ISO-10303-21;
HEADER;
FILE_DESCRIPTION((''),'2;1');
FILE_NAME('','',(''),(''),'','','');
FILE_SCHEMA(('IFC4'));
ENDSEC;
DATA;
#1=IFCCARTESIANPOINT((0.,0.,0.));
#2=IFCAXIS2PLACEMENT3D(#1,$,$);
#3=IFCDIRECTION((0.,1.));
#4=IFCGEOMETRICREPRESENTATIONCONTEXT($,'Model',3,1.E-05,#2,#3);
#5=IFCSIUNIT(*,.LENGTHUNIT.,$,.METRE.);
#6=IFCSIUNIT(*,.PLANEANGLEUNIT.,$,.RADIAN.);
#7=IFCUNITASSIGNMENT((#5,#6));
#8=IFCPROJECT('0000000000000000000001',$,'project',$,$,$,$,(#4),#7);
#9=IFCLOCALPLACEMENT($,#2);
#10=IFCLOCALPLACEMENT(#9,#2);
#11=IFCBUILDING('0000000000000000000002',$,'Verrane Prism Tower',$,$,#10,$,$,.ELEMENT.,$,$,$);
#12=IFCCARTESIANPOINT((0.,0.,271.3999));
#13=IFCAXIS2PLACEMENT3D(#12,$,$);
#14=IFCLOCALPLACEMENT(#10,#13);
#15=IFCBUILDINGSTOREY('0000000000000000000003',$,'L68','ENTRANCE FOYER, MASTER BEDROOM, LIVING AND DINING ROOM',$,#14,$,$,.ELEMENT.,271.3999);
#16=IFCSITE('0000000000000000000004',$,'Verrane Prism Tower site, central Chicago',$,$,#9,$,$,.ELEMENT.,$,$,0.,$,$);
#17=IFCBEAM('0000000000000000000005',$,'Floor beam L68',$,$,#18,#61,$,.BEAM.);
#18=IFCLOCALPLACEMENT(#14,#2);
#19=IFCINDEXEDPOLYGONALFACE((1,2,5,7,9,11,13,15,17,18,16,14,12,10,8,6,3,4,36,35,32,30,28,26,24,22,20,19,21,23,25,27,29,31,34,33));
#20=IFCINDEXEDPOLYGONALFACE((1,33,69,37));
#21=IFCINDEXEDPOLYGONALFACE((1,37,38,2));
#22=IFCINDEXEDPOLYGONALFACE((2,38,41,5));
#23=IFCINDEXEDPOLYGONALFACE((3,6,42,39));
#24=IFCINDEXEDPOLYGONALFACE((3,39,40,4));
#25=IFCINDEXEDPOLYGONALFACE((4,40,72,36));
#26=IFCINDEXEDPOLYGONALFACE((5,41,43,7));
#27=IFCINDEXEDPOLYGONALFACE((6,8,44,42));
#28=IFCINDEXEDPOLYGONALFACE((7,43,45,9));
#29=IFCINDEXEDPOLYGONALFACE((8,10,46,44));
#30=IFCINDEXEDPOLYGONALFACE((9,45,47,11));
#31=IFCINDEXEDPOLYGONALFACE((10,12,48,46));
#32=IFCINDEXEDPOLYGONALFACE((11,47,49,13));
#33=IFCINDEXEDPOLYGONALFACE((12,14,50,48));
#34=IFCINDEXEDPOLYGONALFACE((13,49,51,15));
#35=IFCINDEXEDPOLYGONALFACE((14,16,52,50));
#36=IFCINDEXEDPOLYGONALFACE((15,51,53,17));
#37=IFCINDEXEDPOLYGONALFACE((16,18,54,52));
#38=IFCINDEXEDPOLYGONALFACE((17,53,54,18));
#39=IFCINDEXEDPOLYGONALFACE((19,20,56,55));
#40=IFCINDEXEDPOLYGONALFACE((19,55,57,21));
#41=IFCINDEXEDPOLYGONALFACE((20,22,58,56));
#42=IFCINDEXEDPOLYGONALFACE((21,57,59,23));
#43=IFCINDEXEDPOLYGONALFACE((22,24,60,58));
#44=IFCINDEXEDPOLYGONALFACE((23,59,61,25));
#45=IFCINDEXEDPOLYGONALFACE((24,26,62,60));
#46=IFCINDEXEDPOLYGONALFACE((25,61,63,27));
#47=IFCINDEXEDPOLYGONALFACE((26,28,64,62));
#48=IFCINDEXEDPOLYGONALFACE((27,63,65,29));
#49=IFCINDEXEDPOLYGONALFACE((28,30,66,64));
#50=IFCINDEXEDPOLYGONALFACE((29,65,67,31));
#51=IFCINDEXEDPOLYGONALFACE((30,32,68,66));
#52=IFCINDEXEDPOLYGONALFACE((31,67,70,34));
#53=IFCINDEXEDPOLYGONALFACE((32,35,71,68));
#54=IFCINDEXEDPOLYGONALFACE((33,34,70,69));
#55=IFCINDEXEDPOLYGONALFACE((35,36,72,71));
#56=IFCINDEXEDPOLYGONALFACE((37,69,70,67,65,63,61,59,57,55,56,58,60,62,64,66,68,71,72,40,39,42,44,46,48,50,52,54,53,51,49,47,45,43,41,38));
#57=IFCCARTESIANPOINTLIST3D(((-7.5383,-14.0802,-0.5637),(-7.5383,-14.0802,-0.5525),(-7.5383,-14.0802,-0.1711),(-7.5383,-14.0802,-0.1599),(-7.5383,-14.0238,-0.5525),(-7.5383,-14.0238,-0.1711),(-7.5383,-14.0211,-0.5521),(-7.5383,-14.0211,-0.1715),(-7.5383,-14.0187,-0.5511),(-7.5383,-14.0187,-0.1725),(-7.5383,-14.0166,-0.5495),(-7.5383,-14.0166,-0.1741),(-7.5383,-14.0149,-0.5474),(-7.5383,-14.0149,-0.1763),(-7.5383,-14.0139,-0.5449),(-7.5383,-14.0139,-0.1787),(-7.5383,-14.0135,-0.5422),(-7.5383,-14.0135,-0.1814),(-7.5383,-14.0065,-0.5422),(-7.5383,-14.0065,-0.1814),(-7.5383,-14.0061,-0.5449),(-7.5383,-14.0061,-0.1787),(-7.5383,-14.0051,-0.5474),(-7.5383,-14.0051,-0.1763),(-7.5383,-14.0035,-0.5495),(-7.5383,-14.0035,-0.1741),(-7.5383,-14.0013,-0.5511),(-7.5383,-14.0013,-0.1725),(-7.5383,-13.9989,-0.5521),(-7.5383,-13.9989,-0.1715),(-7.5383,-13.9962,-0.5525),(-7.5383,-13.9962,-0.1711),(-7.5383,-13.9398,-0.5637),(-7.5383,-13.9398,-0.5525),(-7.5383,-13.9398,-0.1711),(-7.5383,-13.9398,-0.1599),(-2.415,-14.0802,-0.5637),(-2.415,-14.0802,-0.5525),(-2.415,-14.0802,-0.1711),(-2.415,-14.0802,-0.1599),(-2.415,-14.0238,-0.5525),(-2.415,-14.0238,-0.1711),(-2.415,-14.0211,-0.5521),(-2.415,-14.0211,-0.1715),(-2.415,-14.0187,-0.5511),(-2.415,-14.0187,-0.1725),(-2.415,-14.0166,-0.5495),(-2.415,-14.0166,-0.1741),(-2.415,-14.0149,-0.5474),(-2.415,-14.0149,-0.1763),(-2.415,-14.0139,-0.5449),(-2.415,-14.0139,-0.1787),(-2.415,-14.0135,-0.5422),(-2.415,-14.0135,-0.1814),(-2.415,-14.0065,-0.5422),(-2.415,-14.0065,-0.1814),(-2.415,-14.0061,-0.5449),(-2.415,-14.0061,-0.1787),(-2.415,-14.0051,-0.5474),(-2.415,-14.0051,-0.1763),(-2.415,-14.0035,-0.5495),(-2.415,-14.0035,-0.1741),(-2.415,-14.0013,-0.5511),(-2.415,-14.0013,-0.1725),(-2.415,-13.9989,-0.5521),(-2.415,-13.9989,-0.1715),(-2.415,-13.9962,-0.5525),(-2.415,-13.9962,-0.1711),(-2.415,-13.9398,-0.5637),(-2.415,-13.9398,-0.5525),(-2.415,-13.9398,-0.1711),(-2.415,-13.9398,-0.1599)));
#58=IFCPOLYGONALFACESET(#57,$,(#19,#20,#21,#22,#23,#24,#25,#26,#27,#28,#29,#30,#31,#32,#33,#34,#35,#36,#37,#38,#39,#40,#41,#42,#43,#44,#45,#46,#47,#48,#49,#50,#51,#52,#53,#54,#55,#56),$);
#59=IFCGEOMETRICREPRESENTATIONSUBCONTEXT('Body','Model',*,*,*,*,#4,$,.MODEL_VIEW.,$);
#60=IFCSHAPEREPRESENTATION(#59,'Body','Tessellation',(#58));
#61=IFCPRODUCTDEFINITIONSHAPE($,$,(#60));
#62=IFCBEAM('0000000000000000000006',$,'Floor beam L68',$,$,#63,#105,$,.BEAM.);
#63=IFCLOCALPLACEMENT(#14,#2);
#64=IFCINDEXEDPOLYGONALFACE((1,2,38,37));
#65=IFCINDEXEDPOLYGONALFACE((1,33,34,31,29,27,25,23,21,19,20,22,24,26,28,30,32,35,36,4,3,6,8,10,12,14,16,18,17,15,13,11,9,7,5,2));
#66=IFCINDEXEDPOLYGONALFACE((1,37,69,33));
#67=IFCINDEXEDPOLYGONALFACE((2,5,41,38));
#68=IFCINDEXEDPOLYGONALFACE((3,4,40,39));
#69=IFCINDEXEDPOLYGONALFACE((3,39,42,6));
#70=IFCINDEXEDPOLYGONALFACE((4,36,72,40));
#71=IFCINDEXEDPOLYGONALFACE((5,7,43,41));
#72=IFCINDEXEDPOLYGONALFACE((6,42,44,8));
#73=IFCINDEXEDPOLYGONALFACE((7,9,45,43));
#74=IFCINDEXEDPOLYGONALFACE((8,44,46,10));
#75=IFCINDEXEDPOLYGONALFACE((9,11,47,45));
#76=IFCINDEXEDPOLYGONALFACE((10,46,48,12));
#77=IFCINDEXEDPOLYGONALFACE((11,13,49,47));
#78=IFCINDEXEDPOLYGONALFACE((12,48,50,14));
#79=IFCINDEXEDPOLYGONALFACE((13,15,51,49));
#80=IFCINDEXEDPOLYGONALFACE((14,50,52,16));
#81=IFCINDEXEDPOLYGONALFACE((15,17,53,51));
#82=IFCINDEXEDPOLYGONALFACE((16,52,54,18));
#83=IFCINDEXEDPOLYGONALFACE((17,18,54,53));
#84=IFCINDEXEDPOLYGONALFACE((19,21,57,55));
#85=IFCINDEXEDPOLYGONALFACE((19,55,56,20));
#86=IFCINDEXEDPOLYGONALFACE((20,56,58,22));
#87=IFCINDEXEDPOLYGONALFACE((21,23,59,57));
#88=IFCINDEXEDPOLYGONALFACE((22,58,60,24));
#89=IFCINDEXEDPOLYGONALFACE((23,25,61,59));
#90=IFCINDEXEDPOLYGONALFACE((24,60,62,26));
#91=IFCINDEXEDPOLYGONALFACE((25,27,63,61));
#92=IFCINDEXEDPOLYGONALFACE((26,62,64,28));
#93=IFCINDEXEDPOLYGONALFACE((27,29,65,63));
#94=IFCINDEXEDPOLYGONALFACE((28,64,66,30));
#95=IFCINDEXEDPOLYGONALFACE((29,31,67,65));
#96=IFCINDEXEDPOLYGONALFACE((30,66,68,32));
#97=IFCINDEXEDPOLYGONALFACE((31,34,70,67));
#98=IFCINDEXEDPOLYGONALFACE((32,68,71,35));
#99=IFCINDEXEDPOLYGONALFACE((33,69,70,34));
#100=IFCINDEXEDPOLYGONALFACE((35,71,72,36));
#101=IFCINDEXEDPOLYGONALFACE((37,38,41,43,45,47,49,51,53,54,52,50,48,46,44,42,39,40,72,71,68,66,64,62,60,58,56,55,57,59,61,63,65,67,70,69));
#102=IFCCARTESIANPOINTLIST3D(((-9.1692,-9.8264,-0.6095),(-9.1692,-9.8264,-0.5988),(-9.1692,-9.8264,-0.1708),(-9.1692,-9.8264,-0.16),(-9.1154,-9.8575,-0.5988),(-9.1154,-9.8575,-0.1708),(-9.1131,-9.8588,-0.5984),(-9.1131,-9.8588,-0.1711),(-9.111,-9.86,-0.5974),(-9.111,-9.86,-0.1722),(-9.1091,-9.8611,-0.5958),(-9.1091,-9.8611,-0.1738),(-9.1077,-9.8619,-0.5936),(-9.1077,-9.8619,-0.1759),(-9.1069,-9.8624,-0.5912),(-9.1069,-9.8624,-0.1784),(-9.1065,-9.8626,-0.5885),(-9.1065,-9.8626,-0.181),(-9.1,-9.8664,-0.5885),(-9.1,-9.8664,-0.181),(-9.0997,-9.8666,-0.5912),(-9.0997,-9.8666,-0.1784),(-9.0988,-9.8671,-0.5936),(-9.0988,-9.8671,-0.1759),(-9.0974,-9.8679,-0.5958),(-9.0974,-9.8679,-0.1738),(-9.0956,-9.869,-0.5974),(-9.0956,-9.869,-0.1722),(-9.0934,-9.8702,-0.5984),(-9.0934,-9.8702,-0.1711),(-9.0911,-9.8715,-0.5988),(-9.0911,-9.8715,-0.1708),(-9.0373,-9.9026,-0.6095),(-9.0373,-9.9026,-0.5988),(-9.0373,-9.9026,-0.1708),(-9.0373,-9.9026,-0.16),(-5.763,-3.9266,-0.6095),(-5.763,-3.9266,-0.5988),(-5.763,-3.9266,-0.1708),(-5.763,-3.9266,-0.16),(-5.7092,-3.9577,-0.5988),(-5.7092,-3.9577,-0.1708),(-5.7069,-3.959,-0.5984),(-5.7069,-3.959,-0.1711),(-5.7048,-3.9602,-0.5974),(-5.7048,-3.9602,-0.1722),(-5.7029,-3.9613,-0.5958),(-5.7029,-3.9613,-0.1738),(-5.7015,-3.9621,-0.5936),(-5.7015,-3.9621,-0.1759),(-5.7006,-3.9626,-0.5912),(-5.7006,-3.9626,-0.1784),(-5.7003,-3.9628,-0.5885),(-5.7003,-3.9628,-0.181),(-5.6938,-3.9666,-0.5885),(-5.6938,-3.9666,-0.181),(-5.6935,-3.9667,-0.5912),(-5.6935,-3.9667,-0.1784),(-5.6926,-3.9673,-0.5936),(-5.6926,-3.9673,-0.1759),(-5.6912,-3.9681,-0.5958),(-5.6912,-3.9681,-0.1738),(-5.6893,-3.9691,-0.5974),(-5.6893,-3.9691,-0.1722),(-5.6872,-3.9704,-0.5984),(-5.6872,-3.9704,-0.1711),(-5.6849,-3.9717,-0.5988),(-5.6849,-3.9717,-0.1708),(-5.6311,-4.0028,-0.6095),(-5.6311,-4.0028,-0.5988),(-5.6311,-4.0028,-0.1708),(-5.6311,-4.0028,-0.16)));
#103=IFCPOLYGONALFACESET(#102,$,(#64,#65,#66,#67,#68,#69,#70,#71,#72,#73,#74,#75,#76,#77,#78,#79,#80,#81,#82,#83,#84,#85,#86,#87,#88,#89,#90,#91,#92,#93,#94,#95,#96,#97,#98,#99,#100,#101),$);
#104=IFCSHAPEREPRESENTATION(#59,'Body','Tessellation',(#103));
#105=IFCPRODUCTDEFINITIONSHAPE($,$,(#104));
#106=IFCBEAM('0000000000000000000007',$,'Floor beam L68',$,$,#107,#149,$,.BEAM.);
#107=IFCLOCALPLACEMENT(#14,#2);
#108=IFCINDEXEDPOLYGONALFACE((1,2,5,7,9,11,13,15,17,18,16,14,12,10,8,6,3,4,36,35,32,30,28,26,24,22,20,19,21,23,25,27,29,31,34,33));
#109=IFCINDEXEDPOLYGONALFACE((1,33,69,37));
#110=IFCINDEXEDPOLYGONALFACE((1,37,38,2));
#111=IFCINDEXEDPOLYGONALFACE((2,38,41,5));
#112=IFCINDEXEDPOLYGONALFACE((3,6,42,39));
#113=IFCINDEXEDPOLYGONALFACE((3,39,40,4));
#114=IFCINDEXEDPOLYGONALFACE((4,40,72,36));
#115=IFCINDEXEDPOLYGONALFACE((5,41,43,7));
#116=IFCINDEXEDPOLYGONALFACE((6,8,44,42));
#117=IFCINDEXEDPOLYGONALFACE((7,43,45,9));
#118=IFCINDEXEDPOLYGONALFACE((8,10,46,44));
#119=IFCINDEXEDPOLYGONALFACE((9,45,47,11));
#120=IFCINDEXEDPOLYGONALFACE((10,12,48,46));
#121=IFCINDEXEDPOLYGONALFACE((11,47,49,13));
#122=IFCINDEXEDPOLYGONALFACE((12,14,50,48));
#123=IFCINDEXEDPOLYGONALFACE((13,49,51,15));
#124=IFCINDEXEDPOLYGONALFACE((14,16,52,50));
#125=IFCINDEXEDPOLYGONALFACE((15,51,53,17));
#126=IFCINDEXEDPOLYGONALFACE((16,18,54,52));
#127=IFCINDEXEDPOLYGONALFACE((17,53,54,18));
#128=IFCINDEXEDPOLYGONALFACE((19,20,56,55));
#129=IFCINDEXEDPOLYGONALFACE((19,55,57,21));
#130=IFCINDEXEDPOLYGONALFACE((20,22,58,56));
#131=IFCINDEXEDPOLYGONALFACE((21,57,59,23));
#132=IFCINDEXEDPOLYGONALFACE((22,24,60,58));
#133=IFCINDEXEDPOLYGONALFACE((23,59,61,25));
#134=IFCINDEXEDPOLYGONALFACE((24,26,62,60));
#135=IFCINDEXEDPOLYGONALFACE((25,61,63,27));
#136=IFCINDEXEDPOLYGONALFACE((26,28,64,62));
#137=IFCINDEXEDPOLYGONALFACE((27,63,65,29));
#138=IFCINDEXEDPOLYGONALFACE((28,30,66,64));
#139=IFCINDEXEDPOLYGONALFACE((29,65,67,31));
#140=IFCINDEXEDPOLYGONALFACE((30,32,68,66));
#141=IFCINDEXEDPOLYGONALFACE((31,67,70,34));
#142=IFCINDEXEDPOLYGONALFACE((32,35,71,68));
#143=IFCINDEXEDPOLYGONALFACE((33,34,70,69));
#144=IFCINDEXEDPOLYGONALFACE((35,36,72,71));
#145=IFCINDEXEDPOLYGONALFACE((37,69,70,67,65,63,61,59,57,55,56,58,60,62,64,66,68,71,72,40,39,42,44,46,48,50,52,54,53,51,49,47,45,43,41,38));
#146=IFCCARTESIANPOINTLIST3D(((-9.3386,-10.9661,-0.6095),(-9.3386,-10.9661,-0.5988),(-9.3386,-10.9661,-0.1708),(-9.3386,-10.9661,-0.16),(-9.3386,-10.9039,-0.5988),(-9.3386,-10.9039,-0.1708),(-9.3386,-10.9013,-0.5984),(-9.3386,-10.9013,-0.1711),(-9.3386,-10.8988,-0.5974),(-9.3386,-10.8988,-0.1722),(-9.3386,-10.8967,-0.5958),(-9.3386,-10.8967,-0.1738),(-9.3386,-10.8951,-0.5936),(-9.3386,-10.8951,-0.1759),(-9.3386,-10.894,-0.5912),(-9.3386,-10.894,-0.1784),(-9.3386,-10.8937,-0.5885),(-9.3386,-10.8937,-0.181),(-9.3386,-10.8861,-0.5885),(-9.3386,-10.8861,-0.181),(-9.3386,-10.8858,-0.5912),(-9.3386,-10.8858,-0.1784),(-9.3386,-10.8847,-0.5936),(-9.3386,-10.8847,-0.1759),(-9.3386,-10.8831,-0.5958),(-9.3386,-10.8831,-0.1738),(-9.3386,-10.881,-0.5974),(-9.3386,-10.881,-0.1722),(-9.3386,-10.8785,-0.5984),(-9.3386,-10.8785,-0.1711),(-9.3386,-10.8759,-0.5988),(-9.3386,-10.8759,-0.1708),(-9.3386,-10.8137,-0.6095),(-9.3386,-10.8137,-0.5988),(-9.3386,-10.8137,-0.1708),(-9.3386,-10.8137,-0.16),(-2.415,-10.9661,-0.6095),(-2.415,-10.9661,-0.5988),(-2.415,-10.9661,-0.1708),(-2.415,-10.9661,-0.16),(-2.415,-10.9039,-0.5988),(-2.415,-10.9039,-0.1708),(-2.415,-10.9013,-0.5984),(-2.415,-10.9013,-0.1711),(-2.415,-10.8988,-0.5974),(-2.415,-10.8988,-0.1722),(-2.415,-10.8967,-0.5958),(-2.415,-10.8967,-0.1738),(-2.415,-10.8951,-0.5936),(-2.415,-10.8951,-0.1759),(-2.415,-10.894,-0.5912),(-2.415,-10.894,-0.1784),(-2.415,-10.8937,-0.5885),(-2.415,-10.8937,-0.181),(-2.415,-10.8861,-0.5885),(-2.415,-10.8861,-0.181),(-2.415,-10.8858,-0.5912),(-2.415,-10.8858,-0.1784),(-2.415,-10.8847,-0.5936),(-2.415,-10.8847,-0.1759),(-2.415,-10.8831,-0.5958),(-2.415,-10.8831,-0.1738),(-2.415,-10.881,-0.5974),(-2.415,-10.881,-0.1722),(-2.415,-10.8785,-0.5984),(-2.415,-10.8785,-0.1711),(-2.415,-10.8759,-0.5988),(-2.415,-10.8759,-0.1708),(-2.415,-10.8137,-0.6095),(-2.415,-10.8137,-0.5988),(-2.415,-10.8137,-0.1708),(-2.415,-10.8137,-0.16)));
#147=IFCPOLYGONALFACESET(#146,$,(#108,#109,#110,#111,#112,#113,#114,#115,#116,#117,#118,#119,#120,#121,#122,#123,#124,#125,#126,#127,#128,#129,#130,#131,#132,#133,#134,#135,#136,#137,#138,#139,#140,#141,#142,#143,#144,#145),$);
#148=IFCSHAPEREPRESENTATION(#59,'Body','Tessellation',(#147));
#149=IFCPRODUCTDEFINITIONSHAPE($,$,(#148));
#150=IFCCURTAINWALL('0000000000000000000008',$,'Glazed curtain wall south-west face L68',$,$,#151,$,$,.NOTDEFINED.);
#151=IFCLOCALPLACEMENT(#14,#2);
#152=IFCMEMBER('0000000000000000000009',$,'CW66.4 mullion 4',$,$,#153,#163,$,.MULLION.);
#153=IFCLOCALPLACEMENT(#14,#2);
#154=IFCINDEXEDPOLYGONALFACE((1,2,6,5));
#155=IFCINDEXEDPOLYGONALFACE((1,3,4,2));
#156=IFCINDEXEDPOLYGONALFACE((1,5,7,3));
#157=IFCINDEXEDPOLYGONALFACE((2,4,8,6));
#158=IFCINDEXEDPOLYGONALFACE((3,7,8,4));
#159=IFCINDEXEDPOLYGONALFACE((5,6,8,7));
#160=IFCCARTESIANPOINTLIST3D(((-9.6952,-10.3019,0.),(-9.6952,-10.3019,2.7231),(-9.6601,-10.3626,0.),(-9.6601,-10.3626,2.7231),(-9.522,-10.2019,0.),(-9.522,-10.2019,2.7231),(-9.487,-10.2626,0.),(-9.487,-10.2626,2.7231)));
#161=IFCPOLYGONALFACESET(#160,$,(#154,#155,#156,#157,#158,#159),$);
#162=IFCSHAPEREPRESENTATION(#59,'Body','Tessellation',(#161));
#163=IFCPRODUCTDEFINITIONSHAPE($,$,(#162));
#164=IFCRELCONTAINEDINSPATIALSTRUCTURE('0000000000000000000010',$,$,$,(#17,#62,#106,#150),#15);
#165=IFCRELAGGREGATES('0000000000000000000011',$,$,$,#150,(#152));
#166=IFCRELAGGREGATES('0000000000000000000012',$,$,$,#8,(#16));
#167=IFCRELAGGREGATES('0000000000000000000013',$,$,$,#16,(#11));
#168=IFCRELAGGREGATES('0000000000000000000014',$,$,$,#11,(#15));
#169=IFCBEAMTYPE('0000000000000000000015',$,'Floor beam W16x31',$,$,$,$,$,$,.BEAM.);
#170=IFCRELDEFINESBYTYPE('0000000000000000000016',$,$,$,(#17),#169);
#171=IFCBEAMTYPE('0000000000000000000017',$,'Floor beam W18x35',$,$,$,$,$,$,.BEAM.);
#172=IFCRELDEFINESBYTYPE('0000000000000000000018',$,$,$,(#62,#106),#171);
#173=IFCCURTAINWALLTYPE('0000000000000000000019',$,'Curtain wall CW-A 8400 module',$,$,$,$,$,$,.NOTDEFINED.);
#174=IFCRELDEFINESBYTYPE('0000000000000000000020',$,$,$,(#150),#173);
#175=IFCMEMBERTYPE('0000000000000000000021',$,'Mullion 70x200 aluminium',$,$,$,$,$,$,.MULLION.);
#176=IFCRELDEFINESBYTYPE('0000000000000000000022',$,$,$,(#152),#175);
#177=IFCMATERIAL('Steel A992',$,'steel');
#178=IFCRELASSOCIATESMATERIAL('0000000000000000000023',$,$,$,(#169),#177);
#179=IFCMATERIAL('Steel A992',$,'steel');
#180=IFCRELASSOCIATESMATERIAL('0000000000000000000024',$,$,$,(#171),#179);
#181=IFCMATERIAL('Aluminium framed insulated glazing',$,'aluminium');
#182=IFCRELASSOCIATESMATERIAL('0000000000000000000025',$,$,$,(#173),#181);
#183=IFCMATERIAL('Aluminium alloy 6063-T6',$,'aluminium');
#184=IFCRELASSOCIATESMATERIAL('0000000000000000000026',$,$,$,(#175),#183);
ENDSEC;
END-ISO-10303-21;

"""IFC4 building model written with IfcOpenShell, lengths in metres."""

from ifc_helpers import new_model, si_unit, direction, frame, origin, origin_2d, place, context, subcontext, project, spatial, rectangle, i_section, extrude, material, material_profile, profile_set, type_object, element, aggregate, save


model = new_model("IFC4")

# Units and contexts
model_context = context("Model", 3, precision=1e-05, world=origin(), true_north=direction((0.0, 1.0)))
body_context = subcontext(model_context, "Body", "Model", "MODEL_VIEW")
ifc_project = project(units=[si_unit("LENGTHUNIT", "METRE"), si_unit("PLANEANGLEUNIT", "RADIAN")], contexts=[model_context])

# Site, building, storey
site_placement = place(None, origin())
site = spatial("IfcSite", under=ifc_project, at=site_placement, Name="Verrane Prism Tower site, central Chicago", CompositionType="ELEMENT", RefElevation=0.0)
building_placement = place(site_placement, origin())
building = spatial("IfcBuilding", under=site, at=building_placement, Name="Verrane Prism Tower", CompositionType="ELEMENT")
storey_placement = place(building_placement, frame((0.0, 0.0, 271.3999)))
storey = spatial("IfcBuildingStorey", under=building, at=storey_placement, Name="L68", Description="ENTRANCE FOYER, MASTER BEDROOM, LIVING AND DINING ROOM", CompositionType="ELEMENT", Elevation=271.3999)

# Beams
ifc_material_1 = material(Name="Steel A992", Category="steel")
ifc_material_profile_1 = material_profile(ifc_material_1, i_section(OverallWidth=0.1404, OverallDepth=0.4038, WebThickness=0.0071, FlangeThickness=0.0112, FilletRadius=0.0103, at=origin_2d()), Name="W16x31")
ifc_profile_set_1 = profile_set([ifc_material_profile_1], Name="Steel A992")
beam_type_1 = type_object("IfcBeamType", Name="Floor beam W16x31", PredefinedType="BEAM", material=ifc_profile_set_1)
beam_1_placement = place(storey_placement, frame((-7.5383, -14.01, -0.3618), z_axis=(1.0, 0.0, 0.0), x_axis=(0.0, 1.0, 0.0)))
element("IfcBeam", 1, at=beam_1_placement, inside=storey, type_object=beam_type_1, Name="Floor beam L68", PredefinedType="BEAM", context=body_context, shape_type="SweptSolid", body=[
    extrude(i_section(OverallWidth=0.1404, OverallDepth=0.4038, WebThickness=0.0071, FlangeThickness=0.0112, FilletRadius=0.0103, at=origin_2d()), origin(), (0.0, 0.0, 1.0), 5.1233),
])
ifc_material_2 = material(Name="Steel A992", Category="steel")
ifc_material_profile_2 = material_profile(ifc_material_2, i_section(OverallWidth=0.1523, OverallDepth=0.4495, WebThickness=0.0076, FlangeThickness=0.0107, FilletRadius=0.0103, at=origin_2d()), Name="W18x35")
ifc_profile_set_2 = profile_set([ifc_material_profile_2], Name="Steel A992")
beam_type_2 = type_object("IfcBeamType", Name="Floor beam W18x35", PredefinedType="BEAM", material=ifc_profile_set_2)
beam_2_placement = place(storey_placement, frame((-9.1033, -9.8645, -0.3848), z_axis=(0.499993, 0.866029, 0.0), x_axis=(-0.866029, 0.499993, 0.0)))
element("IfcBeam", 2, at=beam_2_placement, inside=storey, type_object=beam_type_2, Name="Floor beam L68", PredefinedType="BEAM", context=body_context, shape_type="SweptSolid", body=[
    extrude(i_section(OverallWidth=0.1523, OverallDepth=0.4495, WebThickness=0.0076, FlangeThickness=0.0107, FilletRadius=0.0103, at=origin_2d()), origin(), (0.0, 0.0, 1.0), 6.8125),
])
beam_3_placement = place(storey_placement, frame((-9.3386, -10.8899, -0.3848), z_axis=(1.0, 0.0, 0.0), x_axis=(0.0, 1.0, 0.0)))
element("IfcBeam", 3, at=beam_3_placement, inside=storey, type_object=beam_type_2, Name="Floor beam L68", PredefinedType="BEAM", context=body_context, shape_type="SweptSolid", body=[
    extrude(i_section(OverallWidth=0.1523, OverallDepth=0.4495, WebThickness=0.0076, FlangeThickness=0.0107, FilletRadius=0.0103, at=origin_2d()), origin(), (0.0, 0.0, 1.0), 6.9236),
])

# Curtain wall, member
ifc_material_3 = material(Name="Aluminium framed insulated glazing", Category="aluminium")
curtain_wall_type = type_object("IfcCurtainWallType", Name="Curtain wall CW-A 8400 module", PredefinedType="NOTDEFINED", material=ifc_material_3)
curtain_wall_placement = place(storey_placement, origin())
curtain_wall = element("IfcCurtainWall", 4, at=curtain_wall_placement, inside=storey, type_object=curtain_wall_type, Name="Glazed curtain wall south-west face L68", PredefinedType="NOTDEFINED")
ifc_material_4 = material(Name="Aluminium alloy 6063-T6", Category="aluminium")
ifc_material_profile_3 = material_profile(ifc_material_4, rectangle(XDim=0.2, YDim=0.0701, at=origin_2d()), Name="Mullion 70x200 aluminium")
ifc_profile_set_3 = profile_set([ifc_material_profile_3], Name="Aluminium alloy 6063-T6")
member_type_1 = type_object("IfcMemberType", Name="Mullion 70x200 aluminium", PredefinedType="MULLION", material=ifc_profile_set_3)
member_1_placement = place(storey_placement, frame((-9.5911, -10.2822, 0.0), z_axis=(0.0, 0.0, 1.0), x_axis=(0.866025, 0.500001, 0.0)))
member_1 = element("IfcMember", 5, at=member_1_placement, type_object=member_type_1, Name="CW66.4 mullion 4", PredefinedType="MULLION", context=body_context, shape_type="SweptSolid", body=[
    extrude(rectangle(XDim=0.2, YDim=0.0701, at=origin_2d()), origin(), (0.0, 0.0, 1.0), 2.7231),
])

aggregate(curtain_wall, [member_1])

save(model, "model.ifc")
